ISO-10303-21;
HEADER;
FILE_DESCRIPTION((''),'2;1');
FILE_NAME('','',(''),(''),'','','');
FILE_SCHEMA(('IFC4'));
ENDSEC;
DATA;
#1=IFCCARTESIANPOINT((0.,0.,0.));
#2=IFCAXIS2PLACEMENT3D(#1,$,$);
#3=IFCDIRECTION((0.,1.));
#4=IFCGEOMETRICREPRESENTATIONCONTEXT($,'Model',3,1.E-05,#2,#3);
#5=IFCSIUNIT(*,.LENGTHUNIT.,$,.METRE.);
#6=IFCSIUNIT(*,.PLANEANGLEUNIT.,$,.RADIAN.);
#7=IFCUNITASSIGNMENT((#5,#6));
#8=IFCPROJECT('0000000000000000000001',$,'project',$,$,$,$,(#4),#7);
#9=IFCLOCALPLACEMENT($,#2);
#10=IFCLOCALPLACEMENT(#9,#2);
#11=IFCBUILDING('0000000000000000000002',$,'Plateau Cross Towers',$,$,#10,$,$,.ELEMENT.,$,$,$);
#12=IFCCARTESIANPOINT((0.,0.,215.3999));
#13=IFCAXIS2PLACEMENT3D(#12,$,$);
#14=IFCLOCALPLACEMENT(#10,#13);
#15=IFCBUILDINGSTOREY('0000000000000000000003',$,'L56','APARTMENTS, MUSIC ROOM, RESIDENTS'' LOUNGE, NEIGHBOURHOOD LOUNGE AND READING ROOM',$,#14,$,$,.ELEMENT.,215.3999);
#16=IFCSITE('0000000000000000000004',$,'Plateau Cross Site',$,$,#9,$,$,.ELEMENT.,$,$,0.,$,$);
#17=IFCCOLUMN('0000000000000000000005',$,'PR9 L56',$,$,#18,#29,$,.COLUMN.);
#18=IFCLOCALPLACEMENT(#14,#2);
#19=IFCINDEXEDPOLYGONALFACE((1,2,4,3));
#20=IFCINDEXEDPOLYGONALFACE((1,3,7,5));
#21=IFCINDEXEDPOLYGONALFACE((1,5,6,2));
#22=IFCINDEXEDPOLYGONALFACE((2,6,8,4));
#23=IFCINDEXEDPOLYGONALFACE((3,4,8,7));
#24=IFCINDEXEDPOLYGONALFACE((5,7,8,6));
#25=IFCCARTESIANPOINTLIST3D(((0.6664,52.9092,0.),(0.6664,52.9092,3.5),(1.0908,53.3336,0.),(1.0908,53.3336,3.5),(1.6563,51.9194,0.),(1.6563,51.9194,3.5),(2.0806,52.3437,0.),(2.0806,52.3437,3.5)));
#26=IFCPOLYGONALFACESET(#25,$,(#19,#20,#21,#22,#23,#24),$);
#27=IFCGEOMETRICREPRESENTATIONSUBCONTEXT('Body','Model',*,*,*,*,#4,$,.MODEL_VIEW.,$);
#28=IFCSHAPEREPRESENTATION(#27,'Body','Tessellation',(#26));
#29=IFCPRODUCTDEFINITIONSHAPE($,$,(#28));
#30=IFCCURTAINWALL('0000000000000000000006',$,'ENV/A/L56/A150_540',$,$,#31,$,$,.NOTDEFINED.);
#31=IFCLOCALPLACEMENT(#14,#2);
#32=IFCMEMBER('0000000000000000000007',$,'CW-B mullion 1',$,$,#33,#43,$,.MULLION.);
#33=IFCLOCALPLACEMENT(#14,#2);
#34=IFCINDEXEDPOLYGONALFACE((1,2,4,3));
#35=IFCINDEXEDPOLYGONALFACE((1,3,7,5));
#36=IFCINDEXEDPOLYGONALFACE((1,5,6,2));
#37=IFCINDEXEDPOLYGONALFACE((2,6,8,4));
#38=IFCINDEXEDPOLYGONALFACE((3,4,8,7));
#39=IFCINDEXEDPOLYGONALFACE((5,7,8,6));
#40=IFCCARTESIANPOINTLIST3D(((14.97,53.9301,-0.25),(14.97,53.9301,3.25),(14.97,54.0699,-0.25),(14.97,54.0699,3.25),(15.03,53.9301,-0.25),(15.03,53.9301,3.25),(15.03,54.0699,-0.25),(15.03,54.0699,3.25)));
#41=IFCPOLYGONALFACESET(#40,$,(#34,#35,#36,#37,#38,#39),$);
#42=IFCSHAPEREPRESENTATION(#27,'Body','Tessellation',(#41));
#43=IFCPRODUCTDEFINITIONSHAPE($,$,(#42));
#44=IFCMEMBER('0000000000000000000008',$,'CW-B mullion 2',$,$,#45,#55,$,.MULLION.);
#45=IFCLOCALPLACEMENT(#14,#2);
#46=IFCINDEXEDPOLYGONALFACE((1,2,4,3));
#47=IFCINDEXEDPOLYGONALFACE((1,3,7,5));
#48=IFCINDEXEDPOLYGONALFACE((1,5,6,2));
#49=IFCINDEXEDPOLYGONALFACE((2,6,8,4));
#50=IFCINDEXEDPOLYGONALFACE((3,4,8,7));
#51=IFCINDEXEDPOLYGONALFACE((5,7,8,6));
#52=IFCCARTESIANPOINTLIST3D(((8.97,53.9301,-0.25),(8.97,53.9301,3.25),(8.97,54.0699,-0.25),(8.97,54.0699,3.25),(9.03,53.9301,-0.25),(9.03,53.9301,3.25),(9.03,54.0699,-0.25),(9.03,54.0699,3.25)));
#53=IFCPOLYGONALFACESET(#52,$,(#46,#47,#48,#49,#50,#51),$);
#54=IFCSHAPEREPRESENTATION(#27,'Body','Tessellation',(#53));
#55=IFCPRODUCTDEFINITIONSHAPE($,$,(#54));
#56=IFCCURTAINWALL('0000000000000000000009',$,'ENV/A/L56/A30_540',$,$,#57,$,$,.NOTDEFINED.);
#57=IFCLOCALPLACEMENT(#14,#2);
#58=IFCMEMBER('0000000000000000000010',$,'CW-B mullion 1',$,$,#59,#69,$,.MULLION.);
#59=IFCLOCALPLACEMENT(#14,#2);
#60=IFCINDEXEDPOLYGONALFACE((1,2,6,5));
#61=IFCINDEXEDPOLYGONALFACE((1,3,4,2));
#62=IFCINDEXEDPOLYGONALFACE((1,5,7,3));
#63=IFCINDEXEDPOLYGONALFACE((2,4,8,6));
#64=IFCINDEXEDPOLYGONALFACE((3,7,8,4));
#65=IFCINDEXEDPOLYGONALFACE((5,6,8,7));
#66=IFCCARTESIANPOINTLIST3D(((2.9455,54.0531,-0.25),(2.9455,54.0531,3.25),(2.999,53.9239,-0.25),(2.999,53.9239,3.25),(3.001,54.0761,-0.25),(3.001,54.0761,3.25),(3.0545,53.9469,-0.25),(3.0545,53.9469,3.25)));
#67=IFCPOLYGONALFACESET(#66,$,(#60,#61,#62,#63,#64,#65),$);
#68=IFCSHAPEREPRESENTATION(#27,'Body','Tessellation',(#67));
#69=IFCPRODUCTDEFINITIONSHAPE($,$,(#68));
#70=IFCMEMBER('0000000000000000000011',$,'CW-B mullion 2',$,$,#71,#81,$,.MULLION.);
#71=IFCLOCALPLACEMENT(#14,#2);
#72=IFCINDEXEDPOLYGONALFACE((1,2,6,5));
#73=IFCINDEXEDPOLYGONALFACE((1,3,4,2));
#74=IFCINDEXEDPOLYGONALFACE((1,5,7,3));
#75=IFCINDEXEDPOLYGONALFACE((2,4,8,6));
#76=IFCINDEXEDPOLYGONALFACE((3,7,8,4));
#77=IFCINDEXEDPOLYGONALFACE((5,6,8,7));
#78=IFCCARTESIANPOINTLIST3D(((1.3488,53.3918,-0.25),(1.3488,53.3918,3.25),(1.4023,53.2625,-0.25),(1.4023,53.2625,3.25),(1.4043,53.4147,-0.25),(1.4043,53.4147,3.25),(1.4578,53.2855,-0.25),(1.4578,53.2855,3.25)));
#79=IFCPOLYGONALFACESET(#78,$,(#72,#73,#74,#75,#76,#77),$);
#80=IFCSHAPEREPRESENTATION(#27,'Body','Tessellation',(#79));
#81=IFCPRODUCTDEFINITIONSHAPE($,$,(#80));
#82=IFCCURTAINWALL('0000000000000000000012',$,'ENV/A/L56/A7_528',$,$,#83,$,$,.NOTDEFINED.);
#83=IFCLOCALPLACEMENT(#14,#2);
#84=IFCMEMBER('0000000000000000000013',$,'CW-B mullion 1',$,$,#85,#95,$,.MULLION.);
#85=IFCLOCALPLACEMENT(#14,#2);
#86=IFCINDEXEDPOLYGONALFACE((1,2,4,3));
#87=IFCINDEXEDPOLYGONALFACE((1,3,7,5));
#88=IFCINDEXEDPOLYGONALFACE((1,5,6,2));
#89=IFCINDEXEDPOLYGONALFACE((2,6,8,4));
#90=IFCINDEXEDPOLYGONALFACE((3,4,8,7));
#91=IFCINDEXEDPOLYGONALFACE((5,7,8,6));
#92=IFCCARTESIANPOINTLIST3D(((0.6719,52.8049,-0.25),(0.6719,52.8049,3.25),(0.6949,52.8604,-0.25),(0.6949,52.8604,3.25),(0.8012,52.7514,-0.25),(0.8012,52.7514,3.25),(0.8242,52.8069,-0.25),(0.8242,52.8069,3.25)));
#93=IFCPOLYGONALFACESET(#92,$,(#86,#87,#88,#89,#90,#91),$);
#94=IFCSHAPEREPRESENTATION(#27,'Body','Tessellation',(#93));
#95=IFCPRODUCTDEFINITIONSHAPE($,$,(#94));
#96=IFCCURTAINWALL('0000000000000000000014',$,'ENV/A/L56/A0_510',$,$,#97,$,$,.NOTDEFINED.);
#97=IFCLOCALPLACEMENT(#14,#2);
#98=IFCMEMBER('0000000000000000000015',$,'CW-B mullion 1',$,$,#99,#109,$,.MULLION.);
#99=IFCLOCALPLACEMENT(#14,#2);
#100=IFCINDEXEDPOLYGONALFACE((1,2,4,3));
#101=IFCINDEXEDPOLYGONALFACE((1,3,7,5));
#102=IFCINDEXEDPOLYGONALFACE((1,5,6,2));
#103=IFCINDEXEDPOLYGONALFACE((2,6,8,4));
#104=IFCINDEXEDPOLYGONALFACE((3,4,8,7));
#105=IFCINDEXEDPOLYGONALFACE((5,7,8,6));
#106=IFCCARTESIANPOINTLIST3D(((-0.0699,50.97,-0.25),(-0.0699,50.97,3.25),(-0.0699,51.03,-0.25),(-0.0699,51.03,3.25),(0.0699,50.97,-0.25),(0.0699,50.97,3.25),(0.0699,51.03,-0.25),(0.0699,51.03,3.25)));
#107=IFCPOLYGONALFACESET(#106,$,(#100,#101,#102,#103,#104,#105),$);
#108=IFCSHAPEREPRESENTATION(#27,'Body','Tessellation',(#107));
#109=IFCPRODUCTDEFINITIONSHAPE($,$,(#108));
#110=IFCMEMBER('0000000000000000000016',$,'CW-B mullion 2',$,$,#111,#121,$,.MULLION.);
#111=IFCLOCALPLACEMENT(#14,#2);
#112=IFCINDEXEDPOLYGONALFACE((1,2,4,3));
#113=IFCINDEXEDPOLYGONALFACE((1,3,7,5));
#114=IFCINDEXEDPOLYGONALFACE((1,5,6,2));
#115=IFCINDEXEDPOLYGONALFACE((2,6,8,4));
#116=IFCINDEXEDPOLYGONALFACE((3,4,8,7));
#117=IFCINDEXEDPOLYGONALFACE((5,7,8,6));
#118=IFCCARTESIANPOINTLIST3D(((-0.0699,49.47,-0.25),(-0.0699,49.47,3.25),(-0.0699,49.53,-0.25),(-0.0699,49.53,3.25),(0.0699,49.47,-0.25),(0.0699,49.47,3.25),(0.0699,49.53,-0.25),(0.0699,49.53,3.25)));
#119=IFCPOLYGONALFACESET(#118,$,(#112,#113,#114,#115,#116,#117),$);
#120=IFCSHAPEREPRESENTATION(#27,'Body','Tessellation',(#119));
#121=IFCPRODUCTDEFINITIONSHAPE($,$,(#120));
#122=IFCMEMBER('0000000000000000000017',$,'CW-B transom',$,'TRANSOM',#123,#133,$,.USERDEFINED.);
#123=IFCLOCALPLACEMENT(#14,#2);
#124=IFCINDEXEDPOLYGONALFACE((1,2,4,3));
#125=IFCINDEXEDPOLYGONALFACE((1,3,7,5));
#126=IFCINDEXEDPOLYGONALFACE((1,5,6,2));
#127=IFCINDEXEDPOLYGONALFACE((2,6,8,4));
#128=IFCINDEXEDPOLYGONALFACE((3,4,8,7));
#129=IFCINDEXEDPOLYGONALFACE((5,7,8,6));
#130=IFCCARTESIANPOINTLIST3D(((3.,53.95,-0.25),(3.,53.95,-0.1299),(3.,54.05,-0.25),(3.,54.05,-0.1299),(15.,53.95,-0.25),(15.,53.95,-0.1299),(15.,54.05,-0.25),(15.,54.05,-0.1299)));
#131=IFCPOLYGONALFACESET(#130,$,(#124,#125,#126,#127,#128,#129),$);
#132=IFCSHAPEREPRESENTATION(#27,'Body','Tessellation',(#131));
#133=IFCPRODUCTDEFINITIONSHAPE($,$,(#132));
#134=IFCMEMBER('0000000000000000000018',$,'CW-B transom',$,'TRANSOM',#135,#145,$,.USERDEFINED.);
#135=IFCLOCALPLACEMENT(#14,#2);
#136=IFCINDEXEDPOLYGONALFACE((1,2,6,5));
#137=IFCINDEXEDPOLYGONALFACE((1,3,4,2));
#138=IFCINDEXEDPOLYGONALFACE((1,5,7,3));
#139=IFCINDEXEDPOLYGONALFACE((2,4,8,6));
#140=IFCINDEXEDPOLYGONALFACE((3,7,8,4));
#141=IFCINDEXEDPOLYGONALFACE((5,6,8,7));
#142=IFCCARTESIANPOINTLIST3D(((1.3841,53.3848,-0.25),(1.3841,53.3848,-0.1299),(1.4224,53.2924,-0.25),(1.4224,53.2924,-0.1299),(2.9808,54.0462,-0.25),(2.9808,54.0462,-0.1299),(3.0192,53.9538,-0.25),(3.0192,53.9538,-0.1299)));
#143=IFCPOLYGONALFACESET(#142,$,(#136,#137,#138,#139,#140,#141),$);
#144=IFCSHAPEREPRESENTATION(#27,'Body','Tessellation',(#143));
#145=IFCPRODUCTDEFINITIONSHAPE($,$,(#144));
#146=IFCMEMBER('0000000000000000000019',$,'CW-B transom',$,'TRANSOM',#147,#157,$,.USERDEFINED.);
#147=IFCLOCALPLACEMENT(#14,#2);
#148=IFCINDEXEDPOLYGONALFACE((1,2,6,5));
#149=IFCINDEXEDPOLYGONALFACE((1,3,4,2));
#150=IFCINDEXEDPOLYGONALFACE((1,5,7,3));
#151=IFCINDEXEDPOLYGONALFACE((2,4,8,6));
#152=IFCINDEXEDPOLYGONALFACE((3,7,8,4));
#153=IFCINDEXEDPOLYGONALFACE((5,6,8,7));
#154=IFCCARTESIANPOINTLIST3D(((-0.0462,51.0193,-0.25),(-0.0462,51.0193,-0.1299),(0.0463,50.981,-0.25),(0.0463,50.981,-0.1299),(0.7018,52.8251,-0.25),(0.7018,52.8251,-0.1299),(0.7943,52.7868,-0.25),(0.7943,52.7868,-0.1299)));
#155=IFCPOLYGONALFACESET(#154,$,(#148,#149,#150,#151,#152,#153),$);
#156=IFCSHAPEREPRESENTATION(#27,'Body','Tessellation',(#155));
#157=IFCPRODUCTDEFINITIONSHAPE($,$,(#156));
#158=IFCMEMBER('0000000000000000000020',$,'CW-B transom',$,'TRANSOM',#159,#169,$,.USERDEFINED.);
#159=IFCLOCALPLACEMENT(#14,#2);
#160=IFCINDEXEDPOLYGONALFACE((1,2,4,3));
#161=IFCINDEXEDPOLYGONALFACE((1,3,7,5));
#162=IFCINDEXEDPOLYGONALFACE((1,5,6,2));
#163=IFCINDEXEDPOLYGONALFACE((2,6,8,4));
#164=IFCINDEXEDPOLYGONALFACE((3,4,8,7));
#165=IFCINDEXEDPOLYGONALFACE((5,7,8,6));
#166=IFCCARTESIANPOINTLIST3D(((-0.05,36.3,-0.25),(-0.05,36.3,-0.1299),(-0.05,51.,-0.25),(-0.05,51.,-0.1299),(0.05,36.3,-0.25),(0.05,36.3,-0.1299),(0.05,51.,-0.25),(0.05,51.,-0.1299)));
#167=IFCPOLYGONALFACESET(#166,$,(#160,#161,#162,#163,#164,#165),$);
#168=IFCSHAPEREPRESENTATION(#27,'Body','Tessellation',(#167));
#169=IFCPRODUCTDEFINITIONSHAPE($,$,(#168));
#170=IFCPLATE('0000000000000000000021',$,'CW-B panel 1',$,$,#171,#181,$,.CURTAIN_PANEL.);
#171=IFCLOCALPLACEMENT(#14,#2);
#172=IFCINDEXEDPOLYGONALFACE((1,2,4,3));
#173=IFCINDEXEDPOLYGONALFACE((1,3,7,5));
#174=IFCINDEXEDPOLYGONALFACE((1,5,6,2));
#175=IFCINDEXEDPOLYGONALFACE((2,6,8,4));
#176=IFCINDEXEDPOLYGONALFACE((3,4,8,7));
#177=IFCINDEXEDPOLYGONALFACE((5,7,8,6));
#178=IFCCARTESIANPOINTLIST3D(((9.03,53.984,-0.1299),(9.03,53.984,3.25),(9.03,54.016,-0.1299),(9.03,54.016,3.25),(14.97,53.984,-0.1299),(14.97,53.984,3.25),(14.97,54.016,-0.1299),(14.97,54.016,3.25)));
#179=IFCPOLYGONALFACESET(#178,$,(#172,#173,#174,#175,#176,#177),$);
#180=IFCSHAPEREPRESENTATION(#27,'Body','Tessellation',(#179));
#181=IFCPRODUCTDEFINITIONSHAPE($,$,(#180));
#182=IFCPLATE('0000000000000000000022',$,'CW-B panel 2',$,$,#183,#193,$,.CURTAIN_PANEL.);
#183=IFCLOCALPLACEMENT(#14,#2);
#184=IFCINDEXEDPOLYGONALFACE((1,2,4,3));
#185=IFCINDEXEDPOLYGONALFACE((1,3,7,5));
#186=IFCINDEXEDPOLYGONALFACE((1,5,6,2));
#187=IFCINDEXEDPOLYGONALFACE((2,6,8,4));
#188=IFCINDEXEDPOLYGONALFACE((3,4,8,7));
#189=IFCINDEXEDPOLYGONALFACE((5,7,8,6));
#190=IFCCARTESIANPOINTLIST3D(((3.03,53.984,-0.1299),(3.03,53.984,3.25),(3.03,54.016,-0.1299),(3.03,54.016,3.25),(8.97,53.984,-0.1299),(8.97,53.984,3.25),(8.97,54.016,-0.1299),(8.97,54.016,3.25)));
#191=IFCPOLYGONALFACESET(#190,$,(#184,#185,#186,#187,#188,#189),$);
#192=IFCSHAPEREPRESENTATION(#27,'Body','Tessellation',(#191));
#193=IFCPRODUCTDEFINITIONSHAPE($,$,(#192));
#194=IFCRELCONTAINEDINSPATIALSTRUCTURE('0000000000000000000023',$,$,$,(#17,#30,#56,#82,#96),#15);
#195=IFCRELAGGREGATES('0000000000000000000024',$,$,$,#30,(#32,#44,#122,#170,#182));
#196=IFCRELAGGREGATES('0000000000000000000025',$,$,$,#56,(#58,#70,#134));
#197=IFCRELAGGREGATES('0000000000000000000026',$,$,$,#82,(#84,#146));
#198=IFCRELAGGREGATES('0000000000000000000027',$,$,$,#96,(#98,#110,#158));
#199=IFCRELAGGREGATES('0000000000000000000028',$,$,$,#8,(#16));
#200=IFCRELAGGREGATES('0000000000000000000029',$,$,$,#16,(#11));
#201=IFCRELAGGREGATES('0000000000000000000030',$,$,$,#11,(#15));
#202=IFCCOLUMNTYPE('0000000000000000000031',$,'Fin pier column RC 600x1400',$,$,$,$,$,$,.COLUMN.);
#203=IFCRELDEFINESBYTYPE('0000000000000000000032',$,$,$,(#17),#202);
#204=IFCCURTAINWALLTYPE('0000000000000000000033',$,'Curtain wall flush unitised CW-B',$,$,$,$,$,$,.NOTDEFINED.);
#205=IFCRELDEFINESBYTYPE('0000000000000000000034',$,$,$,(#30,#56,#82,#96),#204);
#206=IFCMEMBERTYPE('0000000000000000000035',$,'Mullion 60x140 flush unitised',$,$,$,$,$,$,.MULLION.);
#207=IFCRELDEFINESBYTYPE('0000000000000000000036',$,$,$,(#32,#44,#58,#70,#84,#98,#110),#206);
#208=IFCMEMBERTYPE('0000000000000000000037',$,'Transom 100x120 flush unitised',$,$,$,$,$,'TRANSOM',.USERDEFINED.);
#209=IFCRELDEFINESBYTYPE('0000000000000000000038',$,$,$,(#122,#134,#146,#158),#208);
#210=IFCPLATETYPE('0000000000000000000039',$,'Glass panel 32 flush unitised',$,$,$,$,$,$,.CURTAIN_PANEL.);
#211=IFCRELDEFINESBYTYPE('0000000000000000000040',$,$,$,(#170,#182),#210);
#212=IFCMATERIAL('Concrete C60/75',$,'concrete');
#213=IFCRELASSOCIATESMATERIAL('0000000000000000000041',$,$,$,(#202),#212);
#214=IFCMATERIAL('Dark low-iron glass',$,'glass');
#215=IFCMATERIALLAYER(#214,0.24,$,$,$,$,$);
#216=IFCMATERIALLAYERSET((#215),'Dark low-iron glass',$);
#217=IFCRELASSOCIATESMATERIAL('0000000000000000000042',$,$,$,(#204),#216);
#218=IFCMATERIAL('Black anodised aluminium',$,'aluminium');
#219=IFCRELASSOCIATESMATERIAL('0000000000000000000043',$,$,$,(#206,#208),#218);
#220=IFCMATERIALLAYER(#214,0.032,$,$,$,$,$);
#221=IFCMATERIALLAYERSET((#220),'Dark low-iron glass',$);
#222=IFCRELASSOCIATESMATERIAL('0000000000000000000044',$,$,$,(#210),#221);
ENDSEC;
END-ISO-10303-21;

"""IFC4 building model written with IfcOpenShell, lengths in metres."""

from ifc_helpers import new_model, si_unit, direction, frame, origin, origin_2d, place, context, subcontext, project, spatial, rectangle, extrude, material, layer, layer_set, material_profile, profile_set, type_object, element, aggregate, save


model = new_model("IFC4")

# Units and contexts
model_context = context("Model", 3, precision=1e-05, world=origin(), true_north=direction((0.0, 1.0)))
body_context = subcontext(model_context, "Body", "Model", "MODEL_VIEW")
ifc_project = project(units=[si_unit("LENGTHUNIT", "METRE"), si_unit("PLANEANGLEUNIT", "RADIAN")], contexts=[model_context])

# Site, building, storey
site_placement = place(None, origin())
site = spatial("IfcSite", under=ifc_project, at=site_placement, Name="Plateau Cross Site", CompositionType="ELEMENT", RefElevation=0.0)
building_placement = place(site_placement, origin())
building = spatial("IfcBuilding", under=site, at=building_placement, Name="Plateau Cross Towers", CompositionType="ELEMENT")
storey_placement = place(building_placement, frame((0.0, 0.0, 215.3999)))
storey = spatial("IfcBuildingStorey", under=building, at=storey_placement, Name="L56", Description="APARTMENTS, MUSIC ROOM, RESIDENTS' LOUNGE, NEIGHBOURHOOD LOUNGE AND READING ROOM", CompositionType="ELEMENT", Elevation=215.3999)

# Column
ifc_material_1 = material(Name="Concrete C60/75", Category="concrete")
ifc_material_profile_1 = material_profile(ifc_material_1, rectangle(XDim=0.6001, YDim=1.3999, at=origin_2d()), Name="RC 600x1400")
ifc_profile_set_1 = profile_set([ifc_material_profile_1], Name="Concrete C60/75")
column_type = type_object("IfcColumnType", Name="Fin pier column RC 600x1400", PredefinedType="COLUMN", material=ifc_profile_set_1)
column_placement = place(storey_placement, frame((1.3735, 52.6265, 0.0), z_axis=(0.0, 0.0, 1.0), x_axis=(0.707107, 0.707107, 0.0)))
element("IfcColumn", 1, at=column_placement, inside=storey, type_object=column_type, Name="PR9 L56", PredefinedType="COLUMN", context=body_context, shape_type="SweptSolid", body=[
    extrude(rectangle(XDim=0.6001, YDim=1.3999, at=origin_2d()), origin(), (0.0, 0.0, 1.0), 3.5),
])

# Curtain walls, members
ifc_material_2 = material(Name="Dark low-iron glass", Category="glass")
ifc_layer_1 = layer(ifc_material_2, 0.24)
ifc_layer_set_1 = layer_set([ifc_layer_1], Name="Dark low-iron glass")
curtain_wall_type = type_object("IfcCurtainWallType", Name="Curtain wall flush unitised CW-B", PredefinedType="NOTDEFINED", material=ifc_layer_set_1)
curtain_wall_1_placement = place(storey_placement, origin())
curtain_wall_1 = element("IfcCurtainWall", 2, at=curtain_wall_1_placement, inside=storey, type_object=curtain_wall_type, Name="ENV/A/L56/A150_540", PredefinedType="NOTDEFINED")
ifc_material_3 = material(Name="Black anodised aluminium", Category="aluminium")
ifc_material_profile_2 = material_profile(ifc_material_3, rectangle(XDim=0.0601, YDim=0.1399, at=origin_2d()), Name="MULLION 60x140")
ifc_profile_set_2 = profile_set([ifc_material_profile_2], Name="Black anodised aluminium")
member_type_1 = type_object("IfcMemberType", Name="Mullion 60x140 flush unitised", PredefinedType="MULLION", material=ifc_profile_set_2)
member_1_placement = place(storey_placement, frame((15.0, 54.0, -0.25), z_axis=(0.0, 0.0, 1.0), x_axis=(-1.0, 0.0, 0.0)))
member_1 = element("IfcMember", 3, at=member_1_placement, type_object=member_type_1, Name="CW-B mullion 1", PredefinedType="MULLION", context=body_context, shape_type="SweptSolid", body=[
    extrude(rectangle(XDim=0.0601, YDim=0.1399, at=origin_2d()), origin(), (0.0, 0.0, 1.0), 3.5),
])
member_2_placement = place(storey_placement, frame((9.0, 54.0, -0.25), z_axis=(0.0, 0.0, 1.0), x_axis=(-1.0, 0.0, 0.0)))
member_2 = element("IfcMember", 4, at=member_2_placement, type_object=member_type_1, Name="CW-B mullion 2", PredefinedType="MULLION", context=body_context, shape_type="SweptSolid", body=[
    extrude(rectangle(XDim=0.0601, YDim=0.1399, at=origin_2d()), origin(), (0.0, 0.0, 1.0), 3.5),
])
curtain_wall_2_placement = place(storey_placement, origin())
curtain_wall_2 = element("IfcCurtainWall", 5, at=curtain_wall_2_placement, inside=storey, type_object=curtain_wall_type, Name="ENV/A/L56/A30_540", PredefinedType="NOTDEFINED")
member_3_placement = place(storey_placement, frame((3.0, 54.0, -0.25), z_axis=(0.0, 0.0, 1.0), x_axis=(-0.923879, -0.382684, 0.0)))
member_3 = element("IfcMember", 6, at=member_3_placement, type_object=member_type_1, Name="CW-B mullion 1", PredefinedType="MULLION", context=body_context, shape_type="SweptSolid", body=[
    extrude(rectangle(XDim=0.0601, YDim=0.1399, at=origin_2d()), origin(), (0.0, 0.0, 1.0), 3.5),
])
member_4_placement = place(storey_placement, frame((1.4033, 53.3386, -0.25), z_axis=(0.0, 0.0, 1.0), x_axis=(-0.923879, -0.382684, 0.0)))
member_4 = element("IfcMember", 7, at=member_4_placement, type_object=member_type_1, Name="CW-B mullion 2", PredefinedType="MULLION", context=body_context, shape_type="SweptSolid", body=[
    extrude(rectangle(XDim=0.0601, YDim=0.1399, at=origin_2d()), origin(), (0.0, 0.0, 1.0), 3.5),
])

# Curtain wall, member
curtain_wall_3_placement = place(storey_placement, origin())
curtain_wall_3 = element("IfcCurtainWall", 8, at=curtain_wall_3_placement, inside=storey, type_object=curtain_wall_type, Name="ENV/A/L56/A7_528", PredefinedType="NOTDEFINED")
member_5_placement = place(storey_placement, frame((0.748, 52.8059, -0.25), z_axis=(0.0, 0.0, 1.0), x_axis=(-0.382684, -0.923879, 0.0)))
member_5 = element("IfcMember", 9, at=member_5_placement, type_object=member_type_1, Name="CW-B mullion 1", PredefinedType="MULLION", context=body_context, shape_type="SweptSolid", body=[
    extrude(rectangle(XDim=0.0601, YDim=0.1399, at=origin_2d()), origin(), (0.0, 0.0, 1.0), 3.5),
])

# Curtain wall, members
curtain_wall_4_placement = place(storey_placement, origin())
curtain_wall_4 = element("IfcCurtainWall", 10, at=curtain_wall_4_placement, inside=storey, type_object=curtain_wall_type, Name="ENV/A/L56/A0_510", PredefinedType="NOTDEFINED")
member_6_placement = place(storey_placement, frame((0.0, 51.0, -0.25), z_axis=(0.0, 0.0, 1.0), x_axis=(0.0, -1.0, 0.0)))
member_6 = element("IfcMember", 11, at=member_6_placement, type_object=member_type_1, Name="CW-B mullion 1", PredefinedType="MULLION", context=body_context, shape_type="SweptSolid", body=[
    extrude(rectangle(XDim=0.0601, YDim=0.1399, at=origin_2d()), origin(), (0.0, 0.0, 1.0), 3.5),
])
member_7_placement = place(storey_placement, frame((0.0, 49.5, -0.25), z_axis=(0.0, 0.0, 1.0), x_axis=(0.0, -1.0, 0.0)))
member_7 = element("IfcMember", 12, at=member_7_placement, type_object=member_type_1, Name="CW-B mullion 2", PredefinedType="MULLION", context=body_context, shape_type="SweptSolid", body=[
    extrude(rectangle(XDim=0.0601, YDim=0.1399, at=origin_2d()), origin(), (0.0, 0.0, 1.0), 3.5),
])

# Members
ifc_material_profile_3 = material_profile(ifc_material_3, rectangle(XDim=0.1001, YDim=0.1201, at=origin_2d()), Name="TRANSOM 100x120")
ifc_profile_set_3 = profile_set([ifc_material_profile_3], Name="Black anodised aluminium")
member_type_2 = type_object("IfcMemberType", Name="Transom 100x120 flush unitised", ElementType="TRANSOM", PredefinedType="USERDEFINED", material=ifc_profile_set_3)
member_8_placement = place(storey_placement, frame((15.0, 54.0, -0.1899), z_axis=(-1.0, 0.0, 0.0), x_axis=(0.0, -1.0, 0.0)))
member_8 = element("IfcMember", 13, at=member_8_placement, type_object=member_type_2, Name="CW-B transom", ObjectType="TRANSOM", PredefinedType="USERDEFINED", context=body_context, shape_type="SweptSolid", body=[
    extrude(rectangle(XDim=0.1001, YDim=0.1201, at=origin_2d()), origin(), (0.0, 0.0, 1.0), 12.0),
])
member_9_placement = place(storey_placement, frame((3.0, 54.0, -0.1899), z_axis=(-0.923877, -0.382689, 0.0), x_axis=(0.382689, -0.923877, 0.0)))
member_9 = element("IfcMember", 14, at=member_9_placement, type_object=member_type_2, Name="CW-B transom", ObjectType="TRANSOM", PredefinedType="USERDEFINED", context=body_context, shape_type="SweptSolid", body=[
    extrude(rectangle(XDim=0.1001, YDim=0.1201, at=origin_2d()), origin(), (0.0, 0.0, 1.0), 1.7283),
])
member_10_placement = place(storey_placement, frame((0.748, 52.8059, -0.1899), z_axis=(-0.38269, -0.923877, 0.0), x_axis=(0.923877, -0.38269, 0.0)))
member_10 = element("IfcMember", 15, at=member_10_placement, type_object=member_type_2, Name="CW-B transom", ObjectType="TRANSOM", PredefinedType="USERDEFINED", context=body_context, shape_type="SweptSolid", body=[
    extrude(rectangle(XDim=0.1001, YDim=0.1201, at=origin_2d()), origin(), (0.0, 0.0, 1.0), 1.9546),
])
member_11_placement = place(storey_placement, frame((0.0, 51.0, -0.1899), z_axis=(0.0, -1.0, 0.0), x_axis=(1.0, 0.0, 0.0)))
member_11 = element("IfcMember", 16, at=member_11_placement, type_object=member_type_2, Name="CW-B transom", ObjectType="TRANSOM", PredefinedType="USERDEFINED", context=body_context, shape_type="SweptSolid", body=[
    extrude(rectangle(XDim=0.1001, YDim=0.1201, at=origin_2d()), origin(), (0.0, 0.0, 1.0), 14.7),
])

# Plates
ifc_layer_2 = layer(ifc_material_2, 0.032)
ifc_layer_set_2 = layer_set([ifc_layer_2], Name="Dark low-iron glass")
plate_type = type_object("IfcPlateType", Name="Glass panel 32 flush unitised", PredefinedType="CURTAIN_PANEL", material=ifc_layer_set_2)
plate_1_placement = place(storey_placement, frame((12.0, 54.0, -0.1299), z_axis=(0.0, 0.0, 1.0), x_axis=(-1.0, 0.0, 0.0)))
plate_1 = element("IfcPlate", 17, at=plate_1_placement, type_object=plate_type, Name="CW-B panel 1", PredefinedType="CURTAIN_PANEL", context=body_context, shape_type="SweptSolid", body=[
    extrude(rectangle(XDim=5.9399, YDim=0.032, at=origin_2d()), origin(), (0.0, 0.0, 1.0), 3.3799),
])
plate_2_placement = place(storey_placement, frame((6.0, 54.0, -0.1299), z_axis=(0.0, 0.0, 1.0), x_axis=(-1.0, 0.0, 0.0)))
plate_2 = element("IfcPlate", 18, at=plate_2_placement, type_object=plate_type, Name="CW-B panel 2", PredefinedType="CURTAIN_PANEL", context=body_context, shape_type="SweptSolid", body=[
    extrude(rectangle(XDim=5.9399, YDim=0.032, at=origin_2d()), origin(), (0.0, 0.0, 1.0), 3.3799),
])
aggregate(curtain_wall_1, [member_1, member_2, member_8, plate_1, plate_2])
aggregate(curtain_wall_2, [member_3, member_4, member_9])
aggregate(curtain_wall_3, [member_5, member_10])
aggregate(curtain_wall_4, [member_6, member_7, member_11])

save(model, "model.ifc")
